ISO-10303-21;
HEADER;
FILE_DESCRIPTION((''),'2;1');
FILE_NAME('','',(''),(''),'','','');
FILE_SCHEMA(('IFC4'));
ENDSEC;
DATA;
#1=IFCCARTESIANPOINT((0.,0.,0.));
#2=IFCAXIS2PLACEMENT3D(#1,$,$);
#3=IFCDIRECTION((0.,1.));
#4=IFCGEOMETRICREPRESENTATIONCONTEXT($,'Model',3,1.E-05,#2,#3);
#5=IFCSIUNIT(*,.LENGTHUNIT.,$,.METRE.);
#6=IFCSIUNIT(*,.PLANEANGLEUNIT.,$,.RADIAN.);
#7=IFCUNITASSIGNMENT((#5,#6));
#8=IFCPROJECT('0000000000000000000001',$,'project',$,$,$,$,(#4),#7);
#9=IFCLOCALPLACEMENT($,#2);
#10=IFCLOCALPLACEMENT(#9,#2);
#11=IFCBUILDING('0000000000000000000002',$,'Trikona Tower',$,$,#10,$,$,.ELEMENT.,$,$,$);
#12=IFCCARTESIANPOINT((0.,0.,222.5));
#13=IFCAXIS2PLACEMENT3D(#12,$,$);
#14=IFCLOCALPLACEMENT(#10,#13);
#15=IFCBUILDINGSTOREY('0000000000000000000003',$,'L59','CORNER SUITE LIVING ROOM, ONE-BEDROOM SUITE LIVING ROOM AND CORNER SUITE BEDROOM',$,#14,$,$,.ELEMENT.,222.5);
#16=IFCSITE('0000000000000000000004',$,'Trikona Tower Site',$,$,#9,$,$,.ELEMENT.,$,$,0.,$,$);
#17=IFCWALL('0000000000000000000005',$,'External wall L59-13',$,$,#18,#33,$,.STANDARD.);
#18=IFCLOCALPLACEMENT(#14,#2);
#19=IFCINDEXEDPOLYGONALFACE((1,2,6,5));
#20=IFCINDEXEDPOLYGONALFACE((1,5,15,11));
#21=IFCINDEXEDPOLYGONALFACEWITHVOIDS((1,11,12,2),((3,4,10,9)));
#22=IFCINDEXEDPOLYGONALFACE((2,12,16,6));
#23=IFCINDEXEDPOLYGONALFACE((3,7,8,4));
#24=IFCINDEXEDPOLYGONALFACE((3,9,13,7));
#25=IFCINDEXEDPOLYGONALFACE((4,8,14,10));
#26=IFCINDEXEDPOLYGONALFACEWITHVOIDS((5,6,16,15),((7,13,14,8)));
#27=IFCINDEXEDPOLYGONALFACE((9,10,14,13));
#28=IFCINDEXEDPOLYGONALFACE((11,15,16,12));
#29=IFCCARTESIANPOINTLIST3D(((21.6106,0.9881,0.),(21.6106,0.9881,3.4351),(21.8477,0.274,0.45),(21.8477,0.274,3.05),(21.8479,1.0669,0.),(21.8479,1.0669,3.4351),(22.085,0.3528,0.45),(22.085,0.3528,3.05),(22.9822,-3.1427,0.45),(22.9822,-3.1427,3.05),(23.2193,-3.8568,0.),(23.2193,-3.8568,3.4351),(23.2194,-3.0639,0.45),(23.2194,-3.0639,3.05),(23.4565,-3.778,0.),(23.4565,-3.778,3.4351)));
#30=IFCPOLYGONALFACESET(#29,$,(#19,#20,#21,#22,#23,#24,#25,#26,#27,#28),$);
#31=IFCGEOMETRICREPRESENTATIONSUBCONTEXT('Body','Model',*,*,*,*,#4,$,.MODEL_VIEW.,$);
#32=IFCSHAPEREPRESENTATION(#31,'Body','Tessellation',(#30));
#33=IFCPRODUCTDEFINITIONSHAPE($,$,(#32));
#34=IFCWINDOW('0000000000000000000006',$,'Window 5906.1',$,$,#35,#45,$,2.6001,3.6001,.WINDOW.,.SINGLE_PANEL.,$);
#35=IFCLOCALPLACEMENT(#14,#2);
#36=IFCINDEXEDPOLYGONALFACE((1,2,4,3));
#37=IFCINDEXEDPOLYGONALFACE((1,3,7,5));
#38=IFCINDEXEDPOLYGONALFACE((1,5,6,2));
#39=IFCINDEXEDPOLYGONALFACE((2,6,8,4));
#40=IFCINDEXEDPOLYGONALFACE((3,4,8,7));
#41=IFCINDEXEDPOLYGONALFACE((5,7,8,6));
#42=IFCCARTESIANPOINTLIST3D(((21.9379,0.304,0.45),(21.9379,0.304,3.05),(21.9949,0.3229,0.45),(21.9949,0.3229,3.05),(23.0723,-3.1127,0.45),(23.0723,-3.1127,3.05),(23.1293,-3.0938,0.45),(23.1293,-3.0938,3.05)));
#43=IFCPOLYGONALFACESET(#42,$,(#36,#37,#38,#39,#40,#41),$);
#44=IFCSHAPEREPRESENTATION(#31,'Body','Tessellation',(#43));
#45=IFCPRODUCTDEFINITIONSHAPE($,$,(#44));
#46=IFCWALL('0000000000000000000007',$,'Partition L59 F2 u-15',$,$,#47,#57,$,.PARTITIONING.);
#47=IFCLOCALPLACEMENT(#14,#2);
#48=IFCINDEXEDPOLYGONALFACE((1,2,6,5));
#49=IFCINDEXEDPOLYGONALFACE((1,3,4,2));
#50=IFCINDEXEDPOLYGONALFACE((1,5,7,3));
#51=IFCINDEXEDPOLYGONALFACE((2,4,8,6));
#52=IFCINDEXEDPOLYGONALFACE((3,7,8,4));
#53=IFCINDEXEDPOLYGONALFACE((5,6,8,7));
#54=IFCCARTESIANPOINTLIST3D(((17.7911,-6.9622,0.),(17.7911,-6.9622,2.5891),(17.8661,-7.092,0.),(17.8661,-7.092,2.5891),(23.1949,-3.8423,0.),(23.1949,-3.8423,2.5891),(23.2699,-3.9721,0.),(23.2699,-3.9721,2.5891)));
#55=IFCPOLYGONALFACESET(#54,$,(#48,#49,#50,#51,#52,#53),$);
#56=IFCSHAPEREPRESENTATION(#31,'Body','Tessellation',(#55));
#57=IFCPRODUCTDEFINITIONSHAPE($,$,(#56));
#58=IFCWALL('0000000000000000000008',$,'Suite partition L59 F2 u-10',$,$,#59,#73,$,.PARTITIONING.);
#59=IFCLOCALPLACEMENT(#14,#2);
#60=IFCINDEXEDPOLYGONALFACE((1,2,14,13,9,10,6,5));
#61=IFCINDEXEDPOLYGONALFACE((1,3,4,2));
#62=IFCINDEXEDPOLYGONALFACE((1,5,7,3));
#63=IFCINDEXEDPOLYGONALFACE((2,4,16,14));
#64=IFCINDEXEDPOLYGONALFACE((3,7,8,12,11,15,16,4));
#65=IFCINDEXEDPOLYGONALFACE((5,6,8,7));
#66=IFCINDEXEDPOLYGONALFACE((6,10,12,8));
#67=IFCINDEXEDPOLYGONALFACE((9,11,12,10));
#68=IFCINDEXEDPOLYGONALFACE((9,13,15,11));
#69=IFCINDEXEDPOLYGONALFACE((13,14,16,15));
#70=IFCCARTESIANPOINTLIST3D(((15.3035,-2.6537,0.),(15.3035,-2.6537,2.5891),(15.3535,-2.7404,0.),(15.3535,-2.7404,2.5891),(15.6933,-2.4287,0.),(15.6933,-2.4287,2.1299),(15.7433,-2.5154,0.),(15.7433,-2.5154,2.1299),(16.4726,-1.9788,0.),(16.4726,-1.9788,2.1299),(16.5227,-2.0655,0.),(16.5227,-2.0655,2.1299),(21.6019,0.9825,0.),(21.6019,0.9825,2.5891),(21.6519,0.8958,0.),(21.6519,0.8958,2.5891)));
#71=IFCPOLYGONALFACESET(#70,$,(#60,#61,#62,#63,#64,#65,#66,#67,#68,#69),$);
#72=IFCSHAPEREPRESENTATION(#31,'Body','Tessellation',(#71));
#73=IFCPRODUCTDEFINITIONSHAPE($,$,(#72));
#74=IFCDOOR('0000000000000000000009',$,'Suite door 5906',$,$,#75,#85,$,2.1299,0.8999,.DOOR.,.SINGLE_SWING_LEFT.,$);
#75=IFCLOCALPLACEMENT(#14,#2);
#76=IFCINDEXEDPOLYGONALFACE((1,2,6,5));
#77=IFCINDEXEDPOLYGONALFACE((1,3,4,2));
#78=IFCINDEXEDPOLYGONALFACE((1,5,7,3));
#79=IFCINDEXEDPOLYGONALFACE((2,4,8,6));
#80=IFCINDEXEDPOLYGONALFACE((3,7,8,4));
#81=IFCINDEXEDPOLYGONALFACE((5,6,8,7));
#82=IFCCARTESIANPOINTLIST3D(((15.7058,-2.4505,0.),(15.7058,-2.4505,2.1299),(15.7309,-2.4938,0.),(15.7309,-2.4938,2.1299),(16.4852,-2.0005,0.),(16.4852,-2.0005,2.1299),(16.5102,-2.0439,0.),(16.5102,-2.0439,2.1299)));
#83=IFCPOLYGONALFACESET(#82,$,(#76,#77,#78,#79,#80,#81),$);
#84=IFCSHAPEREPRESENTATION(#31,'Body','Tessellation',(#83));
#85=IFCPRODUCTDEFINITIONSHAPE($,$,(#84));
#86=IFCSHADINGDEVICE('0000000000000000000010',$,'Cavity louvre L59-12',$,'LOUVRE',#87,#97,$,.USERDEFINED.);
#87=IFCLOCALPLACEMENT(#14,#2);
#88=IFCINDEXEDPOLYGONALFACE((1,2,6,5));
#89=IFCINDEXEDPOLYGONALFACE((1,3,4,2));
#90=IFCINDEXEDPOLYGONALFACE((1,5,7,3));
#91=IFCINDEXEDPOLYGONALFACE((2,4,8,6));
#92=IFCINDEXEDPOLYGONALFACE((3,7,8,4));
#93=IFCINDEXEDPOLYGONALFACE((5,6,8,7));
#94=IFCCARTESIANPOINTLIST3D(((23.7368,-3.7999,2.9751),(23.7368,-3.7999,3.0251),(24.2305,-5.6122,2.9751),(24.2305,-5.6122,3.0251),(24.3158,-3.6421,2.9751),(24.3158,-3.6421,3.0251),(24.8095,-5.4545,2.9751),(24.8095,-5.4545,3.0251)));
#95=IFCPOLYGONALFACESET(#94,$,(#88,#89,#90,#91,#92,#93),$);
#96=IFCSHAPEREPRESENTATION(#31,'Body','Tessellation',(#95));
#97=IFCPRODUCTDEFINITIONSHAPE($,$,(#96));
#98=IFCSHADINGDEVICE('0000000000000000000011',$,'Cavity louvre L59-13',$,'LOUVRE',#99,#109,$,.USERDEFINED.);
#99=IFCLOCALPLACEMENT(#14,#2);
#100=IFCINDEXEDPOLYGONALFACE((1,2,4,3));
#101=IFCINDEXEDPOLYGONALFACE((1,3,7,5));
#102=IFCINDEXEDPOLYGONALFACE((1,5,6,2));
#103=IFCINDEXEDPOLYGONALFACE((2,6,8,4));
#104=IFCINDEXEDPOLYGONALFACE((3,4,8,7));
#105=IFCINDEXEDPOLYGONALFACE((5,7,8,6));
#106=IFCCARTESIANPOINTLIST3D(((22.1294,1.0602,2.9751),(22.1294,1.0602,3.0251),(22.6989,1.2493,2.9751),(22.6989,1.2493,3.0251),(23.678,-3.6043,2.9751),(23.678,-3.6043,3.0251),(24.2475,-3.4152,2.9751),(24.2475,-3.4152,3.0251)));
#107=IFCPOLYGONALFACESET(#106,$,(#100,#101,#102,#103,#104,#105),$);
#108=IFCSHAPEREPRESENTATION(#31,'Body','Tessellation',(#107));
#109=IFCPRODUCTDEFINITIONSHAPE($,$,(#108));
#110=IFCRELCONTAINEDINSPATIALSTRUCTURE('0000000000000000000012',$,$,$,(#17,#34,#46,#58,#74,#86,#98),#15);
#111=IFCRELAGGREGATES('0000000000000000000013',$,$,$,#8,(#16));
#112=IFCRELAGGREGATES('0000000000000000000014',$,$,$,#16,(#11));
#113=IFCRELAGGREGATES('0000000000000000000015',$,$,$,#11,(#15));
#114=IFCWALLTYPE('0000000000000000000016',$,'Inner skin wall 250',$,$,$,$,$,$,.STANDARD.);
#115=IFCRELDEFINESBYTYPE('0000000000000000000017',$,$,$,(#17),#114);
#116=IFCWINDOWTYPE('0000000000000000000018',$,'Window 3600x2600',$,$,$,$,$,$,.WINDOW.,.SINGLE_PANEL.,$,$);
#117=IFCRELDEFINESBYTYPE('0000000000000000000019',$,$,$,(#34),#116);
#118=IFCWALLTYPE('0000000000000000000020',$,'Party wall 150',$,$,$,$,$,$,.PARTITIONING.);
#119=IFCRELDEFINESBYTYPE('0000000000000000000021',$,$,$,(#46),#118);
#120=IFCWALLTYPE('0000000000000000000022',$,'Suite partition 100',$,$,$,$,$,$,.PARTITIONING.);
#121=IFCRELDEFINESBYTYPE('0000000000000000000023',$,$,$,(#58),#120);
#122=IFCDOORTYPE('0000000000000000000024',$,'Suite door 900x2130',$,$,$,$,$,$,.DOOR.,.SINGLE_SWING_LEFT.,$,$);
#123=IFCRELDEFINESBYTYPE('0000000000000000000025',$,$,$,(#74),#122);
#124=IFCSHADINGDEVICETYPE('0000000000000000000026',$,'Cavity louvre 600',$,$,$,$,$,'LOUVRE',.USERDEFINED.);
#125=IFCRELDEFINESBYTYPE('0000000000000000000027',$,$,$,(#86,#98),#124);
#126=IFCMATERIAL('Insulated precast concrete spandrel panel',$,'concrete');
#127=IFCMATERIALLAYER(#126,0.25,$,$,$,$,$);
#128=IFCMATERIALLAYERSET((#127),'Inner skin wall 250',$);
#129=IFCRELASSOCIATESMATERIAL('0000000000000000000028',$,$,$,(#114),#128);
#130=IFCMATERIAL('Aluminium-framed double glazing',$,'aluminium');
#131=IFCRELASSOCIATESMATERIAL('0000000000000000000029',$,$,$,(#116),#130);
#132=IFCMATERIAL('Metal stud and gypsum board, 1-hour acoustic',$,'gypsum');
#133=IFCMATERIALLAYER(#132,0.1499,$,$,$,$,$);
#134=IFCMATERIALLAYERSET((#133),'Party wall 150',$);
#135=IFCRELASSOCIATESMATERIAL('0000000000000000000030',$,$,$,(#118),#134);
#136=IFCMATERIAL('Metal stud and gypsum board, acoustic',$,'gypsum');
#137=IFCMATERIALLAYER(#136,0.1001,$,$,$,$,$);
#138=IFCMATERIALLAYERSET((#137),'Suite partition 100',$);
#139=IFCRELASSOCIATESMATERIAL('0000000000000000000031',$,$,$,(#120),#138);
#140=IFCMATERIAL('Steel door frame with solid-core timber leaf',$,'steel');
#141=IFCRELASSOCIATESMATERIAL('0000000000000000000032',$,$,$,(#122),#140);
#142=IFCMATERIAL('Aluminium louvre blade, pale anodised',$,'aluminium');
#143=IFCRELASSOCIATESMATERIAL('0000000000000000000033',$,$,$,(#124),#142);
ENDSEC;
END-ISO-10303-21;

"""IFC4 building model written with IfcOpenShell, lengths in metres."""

from ifc_helpers import new_model, si_unit, direction, frame, frame_2d, origin, origin_2d, place, context, subcontext, project, spatial, rectangle, extrude, material, layer, layer_set, type_object, element, fill, save


model = new_model("IFC4")

# Units and contexts
model_context = context("Model", 3, precision=1e-05, world=origin(), true_north=direction((0.0, 1.0)))
body_context = subcontext(model_context, "Body", "Model", "MODEL_VIEW")
ifc_project = project(units=[si_unit("LENGTHUNIT", "METRE"), si_unit("PLANEANGLEUNIT", "RADIAN")], contexts=[model_context])

# Site, building, storey
site_placement = place(None, origin())
site = spatial("IfcSite", under=ifc_project, at=site_placement, Name="Trikona Tower Site", CompositionType="ELEMENT", RefElevation=0.0)
building_placement = place(site_placement, origin())
building = spatial("IfcBuilding", under=site, at=building_placement, Name="Trikona Tower", CompositionType="ELEMENT")
storey_placement = place(building_placement, frame((0.0, 0.0, 222.5)))
storey = spatial("IfcBuildingStorey", under=building, at=storey_placement, Name="L59", Description="CORNER SUITE LIVING ROOM, ONE-BEDROOM SUITE LIVING ROOM AND CORNER SUITE BEDROOM", CompositionType="ELEMENT", Elevation=222.5)

# Shared definitions
ifc_material_1 = material(Name="Insulated precast concrete spandrel panel", Category="concrete")
ifc_layer_1 = layer(ifc_material_1, 0.25)
ifc_layer_set_1 = layer_set([ifc_layer_1], Name="Inner skin wall 250")
wall_type_1 = type_object("IfcWallType", Name="Inner skin wall 250", PredefinedType="STANDARD", material=ifc_layer_set_1)

# Wall, opening, window
wall_1_placement = place(storey_placement, frame((23.3379, -3.8174, 0.0), z_axis=(0.0, 0.0, 1.0), x_axis=(-0.315108, 0.949056, 0.0)))
wall_1 = element("IfcWall", 1, at=wall_1_placement, inside=storey, type_object=wall_type_1, Name="External wall L59-13", PredefinedType="STANDARD", context=body_context, shape_type="SweptSolid", body=[
    extrude(rectangle(XDim=5.105, YDim=0.25, at=frame_2d((2.5525, 0.0))), origin(), (0.0, 0.0, 1.0), 3.4351),
])
opening_1_placement = place(wall_1_placement, frame((0.7524, 0.0, 0.45)))
opening_1 = element("IfcOpeningElement", 2, at=opening_1_placement, cuts=wall_1, PredefinedType="OPENING", context=body_context, shape_type="SweptSolid", body=[
    extrude(rectangle(XDim=3.6001, YDim=2.6001, at=frame_2d((1.8, 1.3))), frame((0.0, 0.135, 0.0), z_axis=(0.0, -1.0, 0.0), x_axis=(1.0, 0.0, 0.0)), (0.0, 0.0, 1.0), 0.27),
])
ifc_material_2 = material(Name="Aluminium-framed double glazing", Category="aluminium")
window_type = type_object("IfcWindowType", Name="Window 3600x2600", PartitioningType="SINGLE_PANEL", PredefinedType="WINDOW", material=ifc_material_2)
window_placement = place(opening_1_placement, origin())
window = element("IfcWindow", 3, at=window_placement, inside=storey, type_object=window_type, Name="Window 5906.1", OverallHeight=2.6001, OverallWidth=3.6001, PartitioningType="SINGLE_PANEL", PredefinedType="WINDOW", context=body_context, shape_type="SweptSolid", body=[
    extrude(rectangle(XDim=3.6001, YDim=2.6001, at=frame_2d((1.8, 1.3))), frame((0.0, 0.03, 0.0), z_axis=(0.0, -1.0, 0.0), x_axis=(1.0, 0.0, 0.0)), (0.0, 0.0, 1.0), 0.0601),
])
fill(opening_1, window)

# Wall
ifc_material_3 = material(Name="Metal stud and gypsum board, 1-hour acoustic", Category="gypsum")
ifc_layer_2 = layer(ifc_material_3, 0.1499)
ifc_layer_set_2 = layer_set([ifc_layer_2], Name="Party wall 150")
wall_type_2 = type_object("IfcWallType", Name="Party wall 150", PredefinedType="PARTITIONING", material=ifc_layer_set_2)
wall_2_placement = place(storey_placement, frame((17.8286, -7.0271, 0.0), z_axis=(0.0, 0.0, 1.0), x_axis=(0.866027, 0.499998, 0.0)))
element("IfcWall", 4, at=wall_2_placement, inside=storey, type_object=wall_type_2, Name="Partition L59 F2 u-15", PredefinedType="PARTITIONING", context=body_context, shape_type="SweptSolid", body=[
    extrude(rectangle(XDim=6.2397, YDim=0.1499, at=frame_2d((3.1199, 0.0))), origin(), (0.0, 0.0, 1.0), 2.5891),
])

# Wall, opening, door
ifc_material_4 = material(Name="Metal stud and gypsum board, acoustic", Category="gypsum")
ifc_layer_3 = layer(ifc_material_4, 0.1001)
ifc_layer_set_3 = layer_set([ifc_layer_3], Name="Suite partition 100")
wall_type_3 = type_object("IfcWallType", Name="Suite partition 100", PredefinedType="PARTITIONING", material=ifc_layer_set_3)
wall_3_placement = place(storey_placement, frame((15.3286, -2.697, 0.0), z_axis=(0.0, 0.0, 1.0), x_axis=(0.866032, 0.499988, 0.0)))
wall_3 = element("IfcWall", 5, at=wall_3_placement, inside=storey, type_object=wall_type_3, Name="Suite partition L59 F2 u-10", PredefinedType="PARTITIONING", context=body_context, shape_type="SweptSolid", body=[
    extrude(rectangle(XDim=7.2727, YDim=0.1001, at=frame_2d((3.6362, 0.0))), origin(), (0.0, 0.0, 1.0), 2.5891),
])
opening_2_placement = place(wall_3_placement, frame((0.45, 0.0, 0.0)))
opening_2 = element("IfcOpeningElement", 6, at=opening_2_placement, cuts=wall_3, PredefinedType="OPENING", context=body_context, shape_type="SweptSolid", body=[
    extrude(rectangle(XDim=0.8999, YDim=2.1299, at=frame_2d((0.45, 1.0649))), frame((0.0, 0.0601, 0.0), z_axis=(0.0, -1.0, 0.0), x_axis=(1.0, 0.0, 0.0)), (0.0, 0.0, 1.0), 0.1201),
])
ifc_material_5 = material(Name="Steel door frame with solid-core timber leaf", Category="steel")
door_type_1 = type_object("IfcDoorType", Name="Suite door 900x2130", OperationType="SINGLE_SWING_LEFT", PredefinedType="DOOR", material=ifc_material_5)
door_1_placement = place(opening_2_placement, origin())
door_1 = element("IfcDoor", 7, at=door_1_placement, inside=storey, type_object=door_type_1, Name="Suite door 5906", OperationType="SINGLE_SWING_LEFT", OverallHeight=2.1299, OverallWidth=0.8999, PredefinedType="DOOR", context=body_context, shape_type="SweptSolid", body=[
    extrude(rectangle(XDim=0.8999, YDim=2.1299, at=frame_2d((0.45, 1.0649))), frame((0.0, 0.0249, 0.0), z_axis=(0.0, -1.0, 0.0), x_axis=(1.0, 0.0, 0.0)), (0.0, 0.0, 1.0), 0.05),
])
fill(opening_2, door_1)

# Shading devices
ifc_material_6 = material(Name="Aluminium louvre blade, pale anodised", Category="aluminium")
shading_device_type = type_object("IfcShadingDeviceType", Name="Cavity louvre 600", ElementType="LOUVRE", PredefinedType="USERDEFINED", material=ifc_material_6)
shading_device_1_placement = place(storey_placement, frame((24.2732, -4.6272, 2.9751), z_axis=(0.0, 0.0, 1.0), x_axis=(-0.262822, 0.964844, 0.0)))
element("IfcShadingDevice", 8, at=shading_device_1_placement, inside=storey, type_object=shading_device_type, Name="Cavity louvre L59-12", ObjectType="LOUVRE", PredefinedType="USERDEFINED", context=body_context, shape_type="SweptSolid", body=[
    extrude(rectangle(XDim=1.8784, YDim=0.6001, at=origin_2d()), origin(), (0.0, 0.0, 1.0), 0.05),
])
shading_device_2_placement = place(storey_placement, frame((23.1885, -1.1775, 2.9751), z_axis=(0.0, 0.0, 1.0), x_axis=(-0.315093, 0.949061, 0.0)))
element("IfcShadingDevice", 9, at=shading_device_2_placement, inside=storey, type_object=shading_device_type, Name="Cavity louvre L59-13", ObjectType="LOUVRE", PredefinedType="USERDEFINED", context=body_context, shape_type="SweptSolid", body=[
    extrude(rectangle(XDim=4.9148, YDim=0.6001, at=origin_2d()), origin(), (0.0, 0.0, 1.0), 0.05),
])

save(model, "model.ifc")
